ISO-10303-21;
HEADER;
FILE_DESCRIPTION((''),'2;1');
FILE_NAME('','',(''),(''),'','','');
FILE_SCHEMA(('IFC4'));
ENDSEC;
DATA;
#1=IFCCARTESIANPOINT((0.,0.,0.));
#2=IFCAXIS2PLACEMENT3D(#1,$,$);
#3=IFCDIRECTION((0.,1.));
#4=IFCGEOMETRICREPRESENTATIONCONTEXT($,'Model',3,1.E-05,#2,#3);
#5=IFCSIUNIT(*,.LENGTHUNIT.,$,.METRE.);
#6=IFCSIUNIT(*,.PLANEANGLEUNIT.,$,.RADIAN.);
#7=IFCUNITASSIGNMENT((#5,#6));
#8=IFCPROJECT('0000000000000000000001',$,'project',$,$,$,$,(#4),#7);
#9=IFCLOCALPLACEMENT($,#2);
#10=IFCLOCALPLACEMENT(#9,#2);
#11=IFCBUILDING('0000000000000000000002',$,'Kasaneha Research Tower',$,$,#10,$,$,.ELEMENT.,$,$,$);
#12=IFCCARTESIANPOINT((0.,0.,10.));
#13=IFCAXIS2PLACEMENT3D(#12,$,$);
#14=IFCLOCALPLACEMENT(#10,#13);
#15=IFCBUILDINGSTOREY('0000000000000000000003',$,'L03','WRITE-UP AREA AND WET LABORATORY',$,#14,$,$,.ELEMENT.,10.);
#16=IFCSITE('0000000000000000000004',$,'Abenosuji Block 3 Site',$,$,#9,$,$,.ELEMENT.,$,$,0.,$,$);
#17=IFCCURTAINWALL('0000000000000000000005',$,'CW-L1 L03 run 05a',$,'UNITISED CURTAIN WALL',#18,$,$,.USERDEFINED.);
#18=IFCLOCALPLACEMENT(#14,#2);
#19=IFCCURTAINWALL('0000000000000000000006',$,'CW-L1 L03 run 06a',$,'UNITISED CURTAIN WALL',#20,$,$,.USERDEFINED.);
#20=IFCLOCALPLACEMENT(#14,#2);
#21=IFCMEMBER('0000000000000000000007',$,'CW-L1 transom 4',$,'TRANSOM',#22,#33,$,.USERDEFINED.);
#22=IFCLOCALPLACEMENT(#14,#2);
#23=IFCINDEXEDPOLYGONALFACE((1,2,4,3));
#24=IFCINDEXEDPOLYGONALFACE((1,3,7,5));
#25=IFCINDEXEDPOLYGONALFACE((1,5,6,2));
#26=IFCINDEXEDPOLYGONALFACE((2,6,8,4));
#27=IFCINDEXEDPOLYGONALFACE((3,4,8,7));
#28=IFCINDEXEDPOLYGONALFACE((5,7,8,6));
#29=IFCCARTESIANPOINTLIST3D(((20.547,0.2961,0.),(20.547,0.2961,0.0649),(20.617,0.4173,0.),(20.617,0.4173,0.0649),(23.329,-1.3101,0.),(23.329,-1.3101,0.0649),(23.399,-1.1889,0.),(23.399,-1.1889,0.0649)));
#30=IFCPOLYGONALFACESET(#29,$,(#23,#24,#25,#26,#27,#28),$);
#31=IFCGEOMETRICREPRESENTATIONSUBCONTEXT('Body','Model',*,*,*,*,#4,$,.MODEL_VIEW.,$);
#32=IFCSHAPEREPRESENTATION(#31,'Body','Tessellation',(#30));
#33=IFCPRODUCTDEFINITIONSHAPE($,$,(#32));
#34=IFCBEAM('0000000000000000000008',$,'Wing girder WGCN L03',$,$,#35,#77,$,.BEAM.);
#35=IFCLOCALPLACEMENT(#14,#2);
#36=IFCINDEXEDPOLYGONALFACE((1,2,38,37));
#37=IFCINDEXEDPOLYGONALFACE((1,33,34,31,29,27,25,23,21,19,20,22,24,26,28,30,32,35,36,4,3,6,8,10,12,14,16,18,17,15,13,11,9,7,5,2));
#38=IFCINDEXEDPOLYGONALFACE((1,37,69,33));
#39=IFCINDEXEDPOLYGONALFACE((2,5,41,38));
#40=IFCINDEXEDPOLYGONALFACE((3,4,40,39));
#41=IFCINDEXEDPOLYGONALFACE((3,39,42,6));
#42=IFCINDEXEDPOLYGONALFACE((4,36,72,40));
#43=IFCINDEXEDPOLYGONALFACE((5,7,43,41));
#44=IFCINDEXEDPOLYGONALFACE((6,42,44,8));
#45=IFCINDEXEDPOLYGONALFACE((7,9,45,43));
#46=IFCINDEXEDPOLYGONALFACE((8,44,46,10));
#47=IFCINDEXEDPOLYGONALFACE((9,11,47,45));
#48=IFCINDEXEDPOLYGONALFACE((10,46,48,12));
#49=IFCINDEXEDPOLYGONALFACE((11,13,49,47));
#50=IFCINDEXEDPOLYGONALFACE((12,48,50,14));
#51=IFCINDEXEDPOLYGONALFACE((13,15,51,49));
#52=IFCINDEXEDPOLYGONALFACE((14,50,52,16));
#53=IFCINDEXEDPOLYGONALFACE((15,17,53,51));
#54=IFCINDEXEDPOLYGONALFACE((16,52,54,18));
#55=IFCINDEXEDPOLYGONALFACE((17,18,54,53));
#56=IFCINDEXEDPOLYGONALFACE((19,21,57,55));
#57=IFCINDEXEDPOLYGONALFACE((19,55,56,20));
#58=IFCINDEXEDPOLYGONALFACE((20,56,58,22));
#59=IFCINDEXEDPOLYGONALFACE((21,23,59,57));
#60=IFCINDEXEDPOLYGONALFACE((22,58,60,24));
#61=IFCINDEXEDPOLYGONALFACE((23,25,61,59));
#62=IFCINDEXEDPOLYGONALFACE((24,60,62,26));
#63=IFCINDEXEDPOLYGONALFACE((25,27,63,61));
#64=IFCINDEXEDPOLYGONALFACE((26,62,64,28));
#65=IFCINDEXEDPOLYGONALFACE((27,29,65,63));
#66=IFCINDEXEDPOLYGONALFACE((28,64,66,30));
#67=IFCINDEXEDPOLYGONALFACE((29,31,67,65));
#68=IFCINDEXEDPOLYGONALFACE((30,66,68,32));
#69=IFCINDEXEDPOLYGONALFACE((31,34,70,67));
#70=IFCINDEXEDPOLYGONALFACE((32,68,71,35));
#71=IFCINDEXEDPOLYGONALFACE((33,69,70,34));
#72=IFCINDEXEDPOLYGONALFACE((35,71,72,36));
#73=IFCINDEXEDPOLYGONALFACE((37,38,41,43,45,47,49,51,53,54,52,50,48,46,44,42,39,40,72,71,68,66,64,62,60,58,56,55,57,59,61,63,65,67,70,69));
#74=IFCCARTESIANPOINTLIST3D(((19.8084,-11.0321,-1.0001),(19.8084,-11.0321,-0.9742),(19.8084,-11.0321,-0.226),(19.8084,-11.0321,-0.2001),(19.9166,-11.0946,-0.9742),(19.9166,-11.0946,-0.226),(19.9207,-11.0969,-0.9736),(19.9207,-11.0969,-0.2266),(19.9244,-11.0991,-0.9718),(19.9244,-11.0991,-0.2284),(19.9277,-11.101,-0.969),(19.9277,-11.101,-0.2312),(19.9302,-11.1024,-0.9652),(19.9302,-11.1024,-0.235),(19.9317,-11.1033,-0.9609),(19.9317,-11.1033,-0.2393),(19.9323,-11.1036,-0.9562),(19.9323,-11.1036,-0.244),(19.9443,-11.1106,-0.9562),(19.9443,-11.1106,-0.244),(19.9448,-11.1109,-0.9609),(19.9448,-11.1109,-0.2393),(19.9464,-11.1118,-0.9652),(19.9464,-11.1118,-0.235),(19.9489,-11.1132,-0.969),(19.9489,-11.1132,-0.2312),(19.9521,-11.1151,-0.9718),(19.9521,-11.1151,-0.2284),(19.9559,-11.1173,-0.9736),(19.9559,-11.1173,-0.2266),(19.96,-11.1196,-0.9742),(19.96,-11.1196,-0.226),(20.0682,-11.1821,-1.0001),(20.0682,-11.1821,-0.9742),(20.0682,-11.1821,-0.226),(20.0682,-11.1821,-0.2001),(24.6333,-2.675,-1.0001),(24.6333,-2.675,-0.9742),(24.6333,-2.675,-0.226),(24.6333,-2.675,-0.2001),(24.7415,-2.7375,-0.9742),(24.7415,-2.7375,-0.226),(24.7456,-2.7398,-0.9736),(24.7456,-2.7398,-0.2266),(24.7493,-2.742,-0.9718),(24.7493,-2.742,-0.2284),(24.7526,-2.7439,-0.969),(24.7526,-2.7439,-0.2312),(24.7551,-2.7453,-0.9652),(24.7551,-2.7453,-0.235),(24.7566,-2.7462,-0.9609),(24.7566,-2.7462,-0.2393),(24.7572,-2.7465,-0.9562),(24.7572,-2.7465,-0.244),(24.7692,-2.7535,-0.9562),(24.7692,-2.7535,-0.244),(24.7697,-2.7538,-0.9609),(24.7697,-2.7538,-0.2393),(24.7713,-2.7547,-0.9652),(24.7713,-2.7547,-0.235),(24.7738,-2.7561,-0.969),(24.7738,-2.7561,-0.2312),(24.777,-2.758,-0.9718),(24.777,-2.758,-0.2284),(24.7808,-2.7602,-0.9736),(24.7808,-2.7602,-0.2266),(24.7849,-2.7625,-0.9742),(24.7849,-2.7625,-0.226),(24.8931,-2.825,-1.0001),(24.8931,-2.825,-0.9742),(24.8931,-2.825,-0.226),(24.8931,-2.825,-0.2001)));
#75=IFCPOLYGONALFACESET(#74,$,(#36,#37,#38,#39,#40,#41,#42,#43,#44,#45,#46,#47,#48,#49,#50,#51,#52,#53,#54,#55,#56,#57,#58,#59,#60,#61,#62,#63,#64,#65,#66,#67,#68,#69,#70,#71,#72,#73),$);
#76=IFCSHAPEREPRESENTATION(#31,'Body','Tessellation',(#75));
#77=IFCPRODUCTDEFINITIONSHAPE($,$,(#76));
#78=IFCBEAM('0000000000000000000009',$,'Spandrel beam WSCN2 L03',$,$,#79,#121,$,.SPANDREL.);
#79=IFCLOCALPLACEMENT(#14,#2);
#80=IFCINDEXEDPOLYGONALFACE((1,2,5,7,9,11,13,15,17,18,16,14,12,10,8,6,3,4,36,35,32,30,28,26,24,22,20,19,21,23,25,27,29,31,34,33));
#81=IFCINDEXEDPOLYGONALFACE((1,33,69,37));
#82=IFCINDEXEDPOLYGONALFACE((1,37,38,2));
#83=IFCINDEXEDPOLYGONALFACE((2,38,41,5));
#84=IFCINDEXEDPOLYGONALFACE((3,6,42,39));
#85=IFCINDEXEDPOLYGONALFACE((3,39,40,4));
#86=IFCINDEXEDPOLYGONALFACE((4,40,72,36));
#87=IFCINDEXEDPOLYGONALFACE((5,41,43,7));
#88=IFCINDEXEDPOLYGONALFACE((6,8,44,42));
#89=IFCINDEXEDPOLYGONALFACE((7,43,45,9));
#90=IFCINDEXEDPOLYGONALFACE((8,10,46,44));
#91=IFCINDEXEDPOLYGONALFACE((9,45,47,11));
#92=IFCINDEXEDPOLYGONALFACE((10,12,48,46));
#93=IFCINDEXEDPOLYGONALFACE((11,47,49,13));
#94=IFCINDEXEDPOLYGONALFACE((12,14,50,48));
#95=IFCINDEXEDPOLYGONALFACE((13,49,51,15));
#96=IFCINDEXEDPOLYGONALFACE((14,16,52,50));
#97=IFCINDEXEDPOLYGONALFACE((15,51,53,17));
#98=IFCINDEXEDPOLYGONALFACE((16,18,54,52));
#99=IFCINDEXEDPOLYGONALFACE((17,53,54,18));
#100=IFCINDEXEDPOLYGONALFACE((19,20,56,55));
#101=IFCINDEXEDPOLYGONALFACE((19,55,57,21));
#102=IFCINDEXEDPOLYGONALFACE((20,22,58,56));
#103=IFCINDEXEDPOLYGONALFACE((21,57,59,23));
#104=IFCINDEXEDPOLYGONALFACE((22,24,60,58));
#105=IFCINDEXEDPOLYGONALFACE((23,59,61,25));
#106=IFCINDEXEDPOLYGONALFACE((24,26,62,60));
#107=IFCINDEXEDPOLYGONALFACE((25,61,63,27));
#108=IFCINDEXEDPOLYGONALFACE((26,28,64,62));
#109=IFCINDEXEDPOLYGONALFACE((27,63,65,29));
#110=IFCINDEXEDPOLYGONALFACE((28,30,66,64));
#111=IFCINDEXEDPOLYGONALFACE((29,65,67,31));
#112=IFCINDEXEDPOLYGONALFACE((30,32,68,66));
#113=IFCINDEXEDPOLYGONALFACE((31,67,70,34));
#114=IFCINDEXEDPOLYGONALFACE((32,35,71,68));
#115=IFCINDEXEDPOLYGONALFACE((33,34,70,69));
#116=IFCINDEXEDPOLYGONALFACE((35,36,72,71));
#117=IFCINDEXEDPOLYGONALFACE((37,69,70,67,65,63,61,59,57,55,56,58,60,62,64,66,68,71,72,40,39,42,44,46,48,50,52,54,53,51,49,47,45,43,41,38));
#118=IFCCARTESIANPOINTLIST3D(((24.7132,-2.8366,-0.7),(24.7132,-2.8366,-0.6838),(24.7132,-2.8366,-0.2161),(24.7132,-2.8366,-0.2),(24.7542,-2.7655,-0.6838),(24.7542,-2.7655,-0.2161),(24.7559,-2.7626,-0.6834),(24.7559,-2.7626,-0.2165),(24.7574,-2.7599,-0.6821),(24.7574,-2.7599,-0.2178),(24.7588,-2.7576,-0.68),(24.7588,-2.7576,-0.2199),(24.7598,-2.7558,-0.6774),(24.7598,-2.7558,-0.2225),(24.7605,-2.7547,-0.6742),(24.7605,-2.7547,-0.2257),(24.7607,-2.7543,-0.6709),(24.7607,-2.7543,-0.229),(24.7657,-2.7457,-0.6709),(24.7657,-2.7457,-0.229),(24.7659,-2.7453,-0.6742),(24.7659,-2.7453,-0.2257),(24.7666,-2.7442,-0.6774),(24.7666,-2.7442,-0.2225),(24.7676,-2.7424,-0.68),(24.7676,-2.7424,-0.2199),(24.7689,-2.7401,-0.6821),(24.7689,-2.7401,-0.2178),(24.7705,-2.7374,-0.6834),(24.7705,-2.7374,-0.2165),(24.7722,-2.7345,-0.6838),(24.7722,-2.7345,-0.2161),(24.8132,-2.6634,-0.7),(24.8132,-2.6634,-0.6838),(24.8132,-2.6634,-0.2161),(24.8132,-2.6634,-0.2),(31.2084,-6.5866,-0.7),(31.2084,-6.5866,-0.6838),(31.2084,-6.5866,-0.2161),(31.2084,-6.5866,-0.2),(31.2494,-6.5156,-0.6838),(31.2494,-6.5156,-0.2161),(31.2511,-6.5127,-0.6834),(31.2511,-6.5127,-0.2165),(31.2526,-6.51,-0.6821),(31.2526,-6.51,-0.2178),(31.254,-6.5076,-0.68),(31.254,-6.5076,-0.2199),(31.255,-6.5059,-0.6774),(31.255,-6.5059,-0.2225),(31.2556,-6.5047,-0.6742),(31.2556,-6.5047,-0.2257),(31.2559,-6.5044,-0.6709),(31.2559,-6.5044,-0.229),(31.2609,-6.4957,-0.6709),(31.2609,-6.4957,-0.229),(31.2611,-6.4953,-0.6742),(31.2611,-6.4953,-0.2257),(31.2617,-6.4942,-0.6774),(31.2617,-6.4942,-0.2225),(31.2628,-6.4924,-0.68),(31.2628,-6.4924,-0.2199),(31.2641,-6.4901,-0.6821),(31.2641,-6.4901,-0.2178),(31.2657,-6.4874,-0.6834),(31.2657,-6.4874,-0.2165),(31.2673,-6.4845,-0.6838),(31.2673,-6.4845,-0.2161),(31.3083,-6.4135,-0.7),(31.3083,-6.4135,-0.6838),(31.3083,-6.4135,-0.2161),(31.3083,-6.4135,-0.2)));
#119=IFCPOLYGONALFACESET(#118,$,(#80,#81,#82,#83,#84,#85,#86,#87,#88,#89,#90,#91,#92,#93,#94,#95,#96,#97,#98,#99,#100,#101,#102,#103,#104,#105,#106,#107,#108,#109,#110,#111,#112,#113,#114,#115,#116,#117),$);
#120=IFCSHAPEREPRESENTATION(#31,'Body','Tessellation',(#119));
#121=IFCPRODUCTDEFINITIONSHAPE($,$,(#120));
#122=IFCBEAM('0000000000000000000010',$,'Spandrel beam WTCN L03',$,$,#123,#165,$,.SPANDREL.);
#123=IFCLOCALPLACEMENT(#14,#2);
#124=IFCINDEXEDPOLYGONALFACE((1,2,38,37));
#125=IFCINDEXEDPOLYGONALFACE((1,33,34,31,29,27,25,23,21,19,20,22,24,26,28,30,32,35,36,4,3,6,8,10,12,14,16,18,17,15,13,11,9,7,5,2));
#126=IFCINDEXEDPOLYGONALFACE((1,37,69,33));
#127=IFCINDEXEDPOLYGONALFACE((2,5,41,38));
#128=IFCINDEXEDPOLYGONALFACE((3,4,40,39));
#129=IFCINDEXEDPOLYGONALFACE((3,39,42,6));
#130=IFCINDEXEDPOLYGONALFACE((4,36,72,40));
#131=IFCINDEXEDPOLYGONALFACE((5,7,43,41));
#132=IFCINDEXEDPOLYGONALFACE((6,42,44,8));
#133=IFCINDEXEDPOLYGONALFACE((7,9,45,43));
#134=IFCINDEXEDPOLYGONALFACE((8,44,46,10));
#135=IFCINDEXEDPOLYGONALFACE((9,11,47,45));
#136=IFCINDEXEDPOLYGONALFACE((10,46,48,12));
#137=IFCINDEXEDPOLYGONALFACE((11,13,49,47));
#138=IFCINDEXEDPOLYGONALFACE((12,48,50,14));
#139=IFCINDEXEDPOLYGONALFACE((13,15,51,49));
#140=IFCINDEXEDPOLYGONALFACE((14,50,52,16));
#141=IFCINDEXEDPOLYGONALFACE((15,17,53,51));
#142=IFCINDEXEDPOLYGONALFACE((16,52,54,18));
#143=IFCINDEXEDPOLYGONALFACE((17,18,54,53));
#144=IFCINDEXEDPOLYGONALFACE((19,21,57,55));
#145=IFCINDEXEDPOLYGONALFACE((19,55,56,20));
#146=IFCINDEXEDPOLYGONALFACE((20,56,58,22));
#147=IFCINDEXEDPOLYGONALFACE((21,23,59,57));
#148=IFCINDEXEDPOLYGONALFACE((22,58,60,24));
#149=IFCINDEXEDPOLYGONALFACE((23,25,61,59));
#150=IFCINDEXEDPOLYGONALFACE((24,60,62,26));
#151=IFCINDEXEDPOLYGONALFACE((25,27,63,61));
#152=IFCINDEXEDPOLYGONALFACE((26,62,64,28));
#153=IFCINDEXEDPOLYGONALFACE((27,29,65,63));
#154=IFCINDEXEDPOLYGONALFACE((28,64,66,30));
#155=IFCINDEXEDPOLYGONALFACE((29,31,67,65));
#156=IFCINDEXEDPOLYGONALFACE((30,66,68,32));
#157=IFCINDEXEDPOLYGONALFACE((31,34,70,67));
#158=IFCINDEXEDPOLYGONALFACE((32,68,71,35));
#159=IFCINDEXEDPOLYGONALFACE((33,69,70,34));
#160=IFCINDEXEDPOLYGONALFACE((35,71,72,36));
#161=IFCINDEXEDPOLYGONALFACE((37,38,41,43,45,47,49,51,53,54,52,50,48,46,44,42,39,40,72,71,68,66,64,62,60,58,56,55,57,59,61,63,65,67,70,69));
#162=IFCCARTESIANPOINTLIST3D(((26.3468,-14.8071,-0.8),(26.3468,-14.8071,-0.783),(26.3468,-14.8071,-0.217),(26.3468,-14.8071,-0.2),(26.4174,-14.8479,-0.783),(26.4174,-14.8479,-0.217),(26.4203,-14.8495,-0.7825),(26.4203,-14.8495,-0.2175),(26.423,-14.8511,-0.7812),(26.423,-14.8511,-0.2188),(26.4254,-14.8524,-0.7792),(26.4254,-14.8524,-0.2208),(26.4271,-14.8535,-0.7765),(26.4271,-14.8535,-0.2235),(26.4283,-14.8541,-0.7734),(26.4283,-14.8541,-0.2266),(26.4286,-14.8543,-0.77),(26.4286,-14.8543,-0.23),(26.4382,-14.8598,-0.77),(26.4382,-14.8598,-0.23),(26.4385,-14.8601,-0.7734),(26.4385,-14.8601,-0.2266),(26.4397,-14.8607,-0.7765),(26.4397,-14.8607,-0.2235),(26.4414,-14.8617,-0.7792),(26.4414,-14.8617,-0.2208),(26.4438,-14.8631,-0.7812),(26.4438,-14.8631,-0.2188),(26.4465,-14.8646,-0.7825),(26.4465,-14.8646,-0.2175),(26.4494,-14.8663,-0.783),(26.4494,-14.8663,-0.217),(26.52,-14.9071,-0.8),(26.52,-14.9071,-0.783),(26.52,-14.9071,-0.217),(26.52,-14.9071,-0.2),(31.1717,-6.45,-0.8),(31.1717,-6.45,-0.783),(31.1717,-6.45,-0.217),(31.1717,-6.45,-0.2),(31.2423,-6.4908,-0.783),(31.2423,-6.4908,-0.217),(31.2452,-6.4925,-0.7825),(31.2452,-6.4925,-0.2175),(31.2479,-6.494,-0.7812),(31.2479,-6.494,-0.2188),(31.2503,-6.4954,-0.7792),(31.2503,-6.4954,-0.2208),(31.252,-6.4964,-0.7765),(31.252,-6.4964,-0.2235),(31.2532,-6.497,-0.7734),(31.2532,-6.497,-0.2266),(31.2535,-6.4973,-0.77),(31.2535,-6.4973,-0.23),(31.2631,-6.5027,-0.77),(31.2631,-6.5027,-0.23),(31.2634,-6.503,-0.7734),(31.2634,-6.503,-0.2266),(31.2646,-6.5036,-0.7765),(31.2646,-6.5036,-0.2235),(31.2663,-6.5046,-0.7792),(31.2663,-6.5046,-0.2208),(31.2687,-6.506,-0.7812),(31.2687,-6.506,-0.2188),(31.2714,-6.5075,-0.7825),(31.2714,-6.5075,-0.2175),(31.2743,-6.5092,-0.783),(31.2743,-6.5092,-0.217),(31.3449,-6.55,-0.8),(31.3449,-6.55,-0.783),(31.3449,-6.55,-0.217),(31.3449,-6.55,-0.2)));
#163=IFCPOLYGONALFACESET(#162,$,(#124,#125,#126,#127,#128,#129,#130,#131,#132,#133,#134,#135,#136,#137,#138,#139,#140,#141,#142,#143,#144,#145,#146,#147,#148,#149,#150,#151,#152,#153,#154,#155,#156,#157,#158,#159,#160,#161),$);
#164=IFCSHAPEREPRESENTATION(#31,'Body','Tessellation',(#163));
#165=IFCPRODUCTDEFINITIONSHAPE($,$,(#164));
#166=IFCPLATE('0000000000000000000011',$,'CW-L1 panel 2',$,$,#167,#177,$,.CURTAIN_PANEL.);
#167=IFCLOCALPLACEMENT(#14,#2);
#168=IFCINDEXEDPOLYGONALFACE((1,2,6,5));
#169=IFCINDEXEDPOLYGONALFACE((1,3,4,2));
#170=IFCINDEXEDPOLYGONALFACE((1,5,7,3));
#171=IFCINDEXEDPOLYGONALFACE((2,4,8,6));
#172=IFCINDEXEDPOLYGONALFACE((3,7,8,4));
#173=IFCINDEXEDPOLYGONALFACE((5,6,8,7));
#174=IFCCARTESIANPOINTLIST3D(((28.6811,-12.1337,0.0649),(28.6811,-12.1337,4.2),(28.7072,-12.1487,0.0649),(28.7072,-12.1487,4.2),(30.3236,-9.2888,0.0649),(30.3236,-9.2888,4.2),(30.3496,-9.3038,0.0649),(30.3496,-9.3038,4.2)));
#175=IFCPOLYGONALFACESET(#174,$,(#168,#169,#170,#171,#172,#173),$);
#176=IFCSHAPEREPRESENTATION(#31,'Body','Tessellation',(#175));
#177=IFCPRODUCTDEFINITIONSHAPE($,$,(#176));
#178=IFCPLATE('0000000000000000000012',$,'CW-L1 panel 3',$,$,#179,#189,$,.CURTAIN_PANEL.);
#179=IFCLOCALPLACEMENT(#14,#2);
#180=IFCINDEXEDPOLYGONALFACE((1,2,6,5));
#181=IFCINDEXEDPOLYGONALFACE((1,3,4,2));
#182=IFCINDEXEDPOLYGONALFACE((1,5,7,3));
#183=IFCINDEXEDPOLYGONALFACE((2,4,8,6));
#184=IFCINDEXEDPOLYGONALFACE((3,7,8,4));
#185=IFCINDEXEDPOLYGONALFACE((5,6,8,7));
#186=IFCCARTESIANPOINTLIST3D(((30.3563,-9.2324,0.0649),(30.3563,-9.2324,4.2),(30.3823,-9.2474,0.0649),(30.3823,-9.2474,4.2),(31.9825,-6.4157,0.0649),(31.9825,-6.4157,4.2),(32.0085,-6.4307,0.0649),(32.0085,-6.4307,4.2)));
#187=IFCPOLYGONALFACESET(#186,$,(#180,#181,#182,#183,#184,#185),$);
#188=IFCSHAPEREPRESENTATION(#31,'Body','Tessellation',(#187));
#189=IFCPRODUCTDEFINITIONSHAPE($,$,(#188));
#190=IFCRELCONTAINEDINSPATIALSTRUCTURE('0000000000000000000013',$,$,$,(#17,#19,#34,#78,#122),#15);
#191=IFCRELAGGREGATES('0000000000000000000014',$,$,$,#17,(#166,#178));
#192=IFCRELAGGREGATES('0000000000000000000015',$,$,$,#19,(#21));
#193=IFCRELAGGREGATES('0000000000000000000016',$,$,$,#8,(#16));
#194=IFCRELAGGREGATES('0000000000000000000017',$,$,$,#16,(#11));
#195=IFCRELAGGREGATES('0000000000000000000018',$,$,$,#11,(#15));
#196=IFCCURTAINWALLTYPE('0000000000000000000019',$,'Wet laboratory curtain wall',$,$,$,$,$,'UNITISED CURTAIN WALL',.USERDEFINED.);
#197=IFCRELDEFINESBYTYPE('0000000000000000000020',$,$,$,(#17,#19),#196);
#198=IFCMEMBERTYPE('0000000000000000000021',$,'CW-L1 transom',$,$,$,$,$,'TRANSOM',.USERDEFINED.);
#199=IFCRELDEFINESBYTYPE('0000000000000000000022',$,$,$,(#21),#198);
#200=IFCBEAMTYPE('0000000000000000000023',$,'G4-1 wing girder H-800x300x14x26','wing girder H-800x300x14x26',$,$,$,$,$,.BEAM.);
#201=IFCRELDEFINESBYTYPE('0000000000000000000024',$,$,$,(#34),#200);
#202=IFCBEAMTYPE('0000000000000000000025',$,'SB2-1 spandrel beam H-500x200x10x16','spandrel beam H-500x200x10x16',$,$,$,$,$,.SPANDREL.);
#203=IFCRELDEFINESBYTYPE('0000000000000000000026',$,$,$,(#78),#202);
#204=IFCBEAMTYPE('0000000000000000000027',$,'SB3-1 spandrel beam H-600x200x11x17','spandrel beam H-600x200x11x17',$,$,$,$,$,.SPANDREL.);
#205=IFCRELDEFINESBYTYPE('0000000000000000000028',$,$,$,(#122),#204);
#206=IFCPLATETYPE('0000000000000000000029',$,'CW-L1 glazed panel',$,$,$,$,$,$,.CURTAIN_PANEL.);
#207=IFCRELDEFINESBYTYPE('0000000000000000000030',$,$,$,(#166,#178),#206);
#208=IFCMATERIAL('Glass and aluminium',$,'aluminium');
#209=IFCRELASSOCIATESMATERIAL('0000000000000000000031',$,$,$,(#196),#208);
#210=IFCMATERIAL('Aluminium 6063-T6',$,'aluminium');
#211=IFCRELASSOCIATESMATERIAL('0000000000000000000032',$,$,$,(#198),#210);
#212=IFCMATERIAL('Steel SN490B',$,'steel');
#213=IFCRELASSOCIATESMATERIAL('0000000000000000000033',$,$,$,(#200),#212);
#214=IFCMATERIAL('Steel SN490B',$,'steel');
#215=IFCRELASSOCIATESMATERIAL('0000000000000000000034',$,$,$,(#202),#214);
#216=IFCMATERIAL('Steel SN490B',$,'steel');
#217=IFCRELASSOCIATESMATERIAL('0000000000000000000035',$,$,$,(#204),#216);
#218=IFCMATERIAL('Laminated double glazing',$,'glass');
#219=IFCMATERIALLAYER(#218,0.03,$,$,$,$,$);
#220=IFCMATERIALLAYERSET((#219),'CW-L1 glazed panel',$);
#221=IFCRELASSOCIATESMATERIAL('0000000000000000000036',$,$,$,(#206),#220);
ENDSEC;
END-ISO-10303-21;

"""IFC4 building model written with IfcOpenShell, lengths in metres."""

from ifc_helpers import new_model, si_unit, direction, frame, origin, origin_2d, place, context, subcontext, project, spatial, rectangle, i_section, extrude, material, layer, layer_set, material_profile, profile_set, type_object, element, aggregate, save


model = new_model("IFC4")

# Units and contexts
model_context = context("Model", 3, precision=1e-05, world=origin(), true_north=direction((0.0, 1.0)))
body_context = subcontext(model_context, "Body", "Model", "MODEL_VIEW")
ifc_project = project(units=[si_unit("LENGTHUNIT", "METRE"), si_unit("PLANEANGLEUNIT", "RADIAN")], contexts=[model_context])

# Site, building, storey
site_placement = place(None, origin())
site = spatial("IfcSite", under=ifc_project, at=site_placement, Name="Abenosuji Block 3 Site", CompositionType="ELEMENT", RefElevation=0.0)
building_placement = place(site_placement, origin())
building = spatial("IfcBuilding", under=site, at=building_placement, Name="Kasaneha Research Tower", CompositionType="ELEMENT")
storey_placement = place(building_placement, frame((0.0, 0.0, 10.0)))
storey = spatial("IfcBuildingStorey", under=building, at=storey_placement, Name="L03", Description="WRITE-UP AREA AND WET LABORATORY", CompositionType="ELEMENT", Elevation=10.0)

# Curtain walls
ifc_material_1 = material(Name="Glass and aluminium", Category="aluminium")
curtain_wall_type = type_object("IfcCurtainWallType", Name="Wet laboratory curtain wall", ElementType="UNITISED CURTAIN WALL", PredefinedType="USERDEFINED", material=ifc_material_1)
curtain_wall_1_placement = place(storey_placement, origin())
curtain_wall_1 = element("IfcCurtainWall", 1, at=curtain_wall_1_placement, inside=storey, type_object=curtain_wall_type, Name="CW-L1 L03 run 05a", ObjectType="UNITISED CURTAIN WALL", PredefinedType="USERDEFINED")
curtain_wall_2_placement = place(storey_placement, origin())
curtain_wall_2 = element("IfcCurtainWall", 2, at=curtain_wall_2_placement, inside=storey, type_object=curtain_wall_type, Name="CW-L1 L03 run 06a", ObjectType="UNITISED CURTAIN WALL", PredefinedType="USERDEFINED")

# Member
ifc_material_2 = material(Name="Aluminium 6063-T6", Category="aluminium")
ifc_material_profile_1 = material_profile(ifc_material_2, rectangle(XDim=0.1399, YDim=0.0649, at=origin_2d()), Name="CW-L1 transom 140x65")
ifc_profile_set_1 = profile_set([ifc_material_profile_1], Name="Aluminium 6063-T6")
member_type_1 = type_object("IfcMemberType", Name="CW-L1 transom", ElementType="TRANSOM", PredefinedType="USERDEFINED", material=ifc_profile_set_1)
member_1_placement = place(storey_placement, frame((23.364, -1.2495, 0.0325), z_axis=(-0.866022, 0.500005, 0.0), x_axis=(-0.500005, -0.866022, 0.0)))
member_1 = element("IfcMember", 3, at=member_1_placement, type_object=member_type_1, Name="CW-L1 transom 4", ObjectType="TRANSOM", PredefinedType="USERDEFINED", context=body_context, shape_type="SweptSolid", body=[
    extrude(rectangle(XDim=0.1399, YDim=0.0649, at=origin_2d()), origin(), (0.0, 0.0, 1.0), 3.2124),
])

# Beams
ifc_material_3 = material(Name="Steel SN490B", Category="steel")
ifc_material_profile_2 = material_profile(ifc_material_3, i_section(OverallWidth=0.3, OverallDepth=0.8, WebThickness=0.0139, FlangeThickness=0.0259, FilletRadius=0.0181, at=origin_2d()), Name="H-800x300x14x26")
ifc_profile_set_2 = profile_set([ifc_material_profile_2], Name="Steel SN490B")
beam_type_1 = type_object("IfcBeamType", Name="G4-1 wing girder H-800x300x14x26", Description="wing girder H-800x300x14x26", PredefinedType="BEAM", material=ifc_profile_set_2)
beam_1_placement = place(storey_placement, frame((24.7632, -2.75, -0.6001), z_axis=(-0.499995, -0.866028, 0.0), x_axis=(0.866028, -0.499995, 0.0)))
element("IfcBeam", 4, at=beam_1_placement, inside=storey, type_object=beam_type_1, Name="Wing girder WGCN L03", PredefinedType="BEAM", context=body_context, shape_type="SweptSolid", body=[
    extrude(i_section(OverallWidth=0.3, OverallDepth=0.8, WebThickness=0.0139, FlangeThickness=0.0259, FilletRadius=0.0181, at=origin_2d()), origin(), (0.0, 0.0, 1.0), 9.6499),
])
ifc_material_4 = material(Name="Steel SN490B", Category="steel")
ifc_material_profile_3 = material_profile(ifc_material_4, i_section(OverallWidth=0.2, OverallDepth=0.5, WebThickness=0.01, FlangeThickness=0.0161, FilletRadius=0.0129, at=origin_2d()), Name="H-500x200x10x16")
ifc_profile_set_3 = profile_set([ifc_material_profile_3], Name="Steel SN490B")
beam_type_2 = type_object("IfcBeamType", Name="SB2-1 spandrel beam H-500x200x10x16", Description="spandrel beam H-500x200x10x16", PredefinedType="SPANDREL", material=ifc_profile_set_3)
beam_2_placement = place(storey_placement, frame((24.7632, -2.75, -0.45), z_axis=(0.866023, -0.500004, 0.0), x_axis=(0.500004, 0.866023, 0.0)))
element("IfcBeam", 5, at=beam_2_placement, inside=storey, type_object=beam_type_2, Name="Spandrel beam WSCN2 L03", PredefinedType="SPANDREL", context=body_context, shape_type="SweptSolid", body=[
    extrude(i_section(OverallWidth=0.2, OverallDepth=0.5, WebThickness=0.01, FlangeThickness=0.0161, FilletRadius=0.0129, at=origin_2d()), origin(), (0.0, 0.0, 1.0), 7.5),
])
ifc_material_5 = material(Name="Steel SN490B", Category="steel")
ifc_material_profile_4 = material_profile(ifc_material_5, i_section(OverallWidth=0.2, OverallDepth=0.6001, WebThickness=0.011, FlangeThickness=0.0171, FilletRadius=0.0129, at=origin_2d()), Name="H-600x200x11x17")
ifc_profile_set_4 = profile_set([ifc_material_profile_4], Name="Steel SN490B")
beam_type_3 = type_object("IfcBeamType", Name="SB3-1 spandrel beam H-600x200x11x17", Description="spandrel beam H-600x200x11x17", PredefinedType="SPANDREL", material=ifc_profile_set_4)
beam_3_placement = place(storey_placement, frame((31.2583, -6.5, -0.5), z_axis=(-0.499995, -0.866028, 0.0), x_axis=(0.866028, -0.499995, 0.0)))
element("IfcBeam", 6, at=beam_3_placement, inside=storey, type_object=beam_type_3, Name="Spandrel beam WTCN L03", PredefinedType="SPANDREL", context=body_context, shape_type="SweptSolid", body=[
    extrude(i_section(OverallWidth=0.2, OverallDepth=0.6001, WebThickness=0.011, FlangeThickness=0.0171, FilletRadius=0.0129, at=origin_2d()), origin(), (0.0, 0.0, 1.0), 9.6499),
])

# Plates
ifc_material_6 = material(Name="Laminated double glazing", Category="glass")
ifc_layer_1 = layer(ifc_material_6, 0.03)
ifc_layer_set_1 = layer_set([ifc_layer_1], Name="CW-L1 glazed panel")
plate_type = type_object("IfcPlateType", Name="CW-L1 glazed panel", PredefinedType="CURTAIN_PANEL", material=ifc_layer_set_1)
plate_1_placement = place(storey_placement, frame((29.5154, -10.7188, 0.0649), z_axis=(0.0, 0.0, 1.0), x_axis=(0.5, 0.866025, 0.0)))
plate_1 = element("IfcPlate", 7, at=plate_1_placement, type_object=plate_type, Name="CW-L1 panel 2", PredefinedType="CURTAIN_PANEL", context=body_context, shape_type="SweptSolid", body=[
    extrude(rectangle(XDim=3.2849, YDim=0.03, at=origin_2d()), origin(), (0.0, 0.0, 1.0), 4.135),
])
plate_2_placement = place(storey_placement, frame((31.1824, -7.8315, 0.0649), z_axis=(0.0, 0.0, 1.0), x_axis=(0.5, 0.866025, 0.0)))
plate_2 = element("IfcPlate", 8, at=plate_2_placement, type_object=plate_type, Name="CW-L1 panel 3", PredefinedType="CURTAIN_PANEL", context=body_context, shape_type="SweptSolid", body=[
    extrude(rectangle(XDim=3.2524, YDim=0.03, at=origin_2d()), origin(), (0.0, 0.0, 1.0), 4.135),
])
aggregate(curtain_wall_1, [plate_1, plate_2])
aggregate(curtain_wall_2, [member_1])

save(model, "model.ifc")
